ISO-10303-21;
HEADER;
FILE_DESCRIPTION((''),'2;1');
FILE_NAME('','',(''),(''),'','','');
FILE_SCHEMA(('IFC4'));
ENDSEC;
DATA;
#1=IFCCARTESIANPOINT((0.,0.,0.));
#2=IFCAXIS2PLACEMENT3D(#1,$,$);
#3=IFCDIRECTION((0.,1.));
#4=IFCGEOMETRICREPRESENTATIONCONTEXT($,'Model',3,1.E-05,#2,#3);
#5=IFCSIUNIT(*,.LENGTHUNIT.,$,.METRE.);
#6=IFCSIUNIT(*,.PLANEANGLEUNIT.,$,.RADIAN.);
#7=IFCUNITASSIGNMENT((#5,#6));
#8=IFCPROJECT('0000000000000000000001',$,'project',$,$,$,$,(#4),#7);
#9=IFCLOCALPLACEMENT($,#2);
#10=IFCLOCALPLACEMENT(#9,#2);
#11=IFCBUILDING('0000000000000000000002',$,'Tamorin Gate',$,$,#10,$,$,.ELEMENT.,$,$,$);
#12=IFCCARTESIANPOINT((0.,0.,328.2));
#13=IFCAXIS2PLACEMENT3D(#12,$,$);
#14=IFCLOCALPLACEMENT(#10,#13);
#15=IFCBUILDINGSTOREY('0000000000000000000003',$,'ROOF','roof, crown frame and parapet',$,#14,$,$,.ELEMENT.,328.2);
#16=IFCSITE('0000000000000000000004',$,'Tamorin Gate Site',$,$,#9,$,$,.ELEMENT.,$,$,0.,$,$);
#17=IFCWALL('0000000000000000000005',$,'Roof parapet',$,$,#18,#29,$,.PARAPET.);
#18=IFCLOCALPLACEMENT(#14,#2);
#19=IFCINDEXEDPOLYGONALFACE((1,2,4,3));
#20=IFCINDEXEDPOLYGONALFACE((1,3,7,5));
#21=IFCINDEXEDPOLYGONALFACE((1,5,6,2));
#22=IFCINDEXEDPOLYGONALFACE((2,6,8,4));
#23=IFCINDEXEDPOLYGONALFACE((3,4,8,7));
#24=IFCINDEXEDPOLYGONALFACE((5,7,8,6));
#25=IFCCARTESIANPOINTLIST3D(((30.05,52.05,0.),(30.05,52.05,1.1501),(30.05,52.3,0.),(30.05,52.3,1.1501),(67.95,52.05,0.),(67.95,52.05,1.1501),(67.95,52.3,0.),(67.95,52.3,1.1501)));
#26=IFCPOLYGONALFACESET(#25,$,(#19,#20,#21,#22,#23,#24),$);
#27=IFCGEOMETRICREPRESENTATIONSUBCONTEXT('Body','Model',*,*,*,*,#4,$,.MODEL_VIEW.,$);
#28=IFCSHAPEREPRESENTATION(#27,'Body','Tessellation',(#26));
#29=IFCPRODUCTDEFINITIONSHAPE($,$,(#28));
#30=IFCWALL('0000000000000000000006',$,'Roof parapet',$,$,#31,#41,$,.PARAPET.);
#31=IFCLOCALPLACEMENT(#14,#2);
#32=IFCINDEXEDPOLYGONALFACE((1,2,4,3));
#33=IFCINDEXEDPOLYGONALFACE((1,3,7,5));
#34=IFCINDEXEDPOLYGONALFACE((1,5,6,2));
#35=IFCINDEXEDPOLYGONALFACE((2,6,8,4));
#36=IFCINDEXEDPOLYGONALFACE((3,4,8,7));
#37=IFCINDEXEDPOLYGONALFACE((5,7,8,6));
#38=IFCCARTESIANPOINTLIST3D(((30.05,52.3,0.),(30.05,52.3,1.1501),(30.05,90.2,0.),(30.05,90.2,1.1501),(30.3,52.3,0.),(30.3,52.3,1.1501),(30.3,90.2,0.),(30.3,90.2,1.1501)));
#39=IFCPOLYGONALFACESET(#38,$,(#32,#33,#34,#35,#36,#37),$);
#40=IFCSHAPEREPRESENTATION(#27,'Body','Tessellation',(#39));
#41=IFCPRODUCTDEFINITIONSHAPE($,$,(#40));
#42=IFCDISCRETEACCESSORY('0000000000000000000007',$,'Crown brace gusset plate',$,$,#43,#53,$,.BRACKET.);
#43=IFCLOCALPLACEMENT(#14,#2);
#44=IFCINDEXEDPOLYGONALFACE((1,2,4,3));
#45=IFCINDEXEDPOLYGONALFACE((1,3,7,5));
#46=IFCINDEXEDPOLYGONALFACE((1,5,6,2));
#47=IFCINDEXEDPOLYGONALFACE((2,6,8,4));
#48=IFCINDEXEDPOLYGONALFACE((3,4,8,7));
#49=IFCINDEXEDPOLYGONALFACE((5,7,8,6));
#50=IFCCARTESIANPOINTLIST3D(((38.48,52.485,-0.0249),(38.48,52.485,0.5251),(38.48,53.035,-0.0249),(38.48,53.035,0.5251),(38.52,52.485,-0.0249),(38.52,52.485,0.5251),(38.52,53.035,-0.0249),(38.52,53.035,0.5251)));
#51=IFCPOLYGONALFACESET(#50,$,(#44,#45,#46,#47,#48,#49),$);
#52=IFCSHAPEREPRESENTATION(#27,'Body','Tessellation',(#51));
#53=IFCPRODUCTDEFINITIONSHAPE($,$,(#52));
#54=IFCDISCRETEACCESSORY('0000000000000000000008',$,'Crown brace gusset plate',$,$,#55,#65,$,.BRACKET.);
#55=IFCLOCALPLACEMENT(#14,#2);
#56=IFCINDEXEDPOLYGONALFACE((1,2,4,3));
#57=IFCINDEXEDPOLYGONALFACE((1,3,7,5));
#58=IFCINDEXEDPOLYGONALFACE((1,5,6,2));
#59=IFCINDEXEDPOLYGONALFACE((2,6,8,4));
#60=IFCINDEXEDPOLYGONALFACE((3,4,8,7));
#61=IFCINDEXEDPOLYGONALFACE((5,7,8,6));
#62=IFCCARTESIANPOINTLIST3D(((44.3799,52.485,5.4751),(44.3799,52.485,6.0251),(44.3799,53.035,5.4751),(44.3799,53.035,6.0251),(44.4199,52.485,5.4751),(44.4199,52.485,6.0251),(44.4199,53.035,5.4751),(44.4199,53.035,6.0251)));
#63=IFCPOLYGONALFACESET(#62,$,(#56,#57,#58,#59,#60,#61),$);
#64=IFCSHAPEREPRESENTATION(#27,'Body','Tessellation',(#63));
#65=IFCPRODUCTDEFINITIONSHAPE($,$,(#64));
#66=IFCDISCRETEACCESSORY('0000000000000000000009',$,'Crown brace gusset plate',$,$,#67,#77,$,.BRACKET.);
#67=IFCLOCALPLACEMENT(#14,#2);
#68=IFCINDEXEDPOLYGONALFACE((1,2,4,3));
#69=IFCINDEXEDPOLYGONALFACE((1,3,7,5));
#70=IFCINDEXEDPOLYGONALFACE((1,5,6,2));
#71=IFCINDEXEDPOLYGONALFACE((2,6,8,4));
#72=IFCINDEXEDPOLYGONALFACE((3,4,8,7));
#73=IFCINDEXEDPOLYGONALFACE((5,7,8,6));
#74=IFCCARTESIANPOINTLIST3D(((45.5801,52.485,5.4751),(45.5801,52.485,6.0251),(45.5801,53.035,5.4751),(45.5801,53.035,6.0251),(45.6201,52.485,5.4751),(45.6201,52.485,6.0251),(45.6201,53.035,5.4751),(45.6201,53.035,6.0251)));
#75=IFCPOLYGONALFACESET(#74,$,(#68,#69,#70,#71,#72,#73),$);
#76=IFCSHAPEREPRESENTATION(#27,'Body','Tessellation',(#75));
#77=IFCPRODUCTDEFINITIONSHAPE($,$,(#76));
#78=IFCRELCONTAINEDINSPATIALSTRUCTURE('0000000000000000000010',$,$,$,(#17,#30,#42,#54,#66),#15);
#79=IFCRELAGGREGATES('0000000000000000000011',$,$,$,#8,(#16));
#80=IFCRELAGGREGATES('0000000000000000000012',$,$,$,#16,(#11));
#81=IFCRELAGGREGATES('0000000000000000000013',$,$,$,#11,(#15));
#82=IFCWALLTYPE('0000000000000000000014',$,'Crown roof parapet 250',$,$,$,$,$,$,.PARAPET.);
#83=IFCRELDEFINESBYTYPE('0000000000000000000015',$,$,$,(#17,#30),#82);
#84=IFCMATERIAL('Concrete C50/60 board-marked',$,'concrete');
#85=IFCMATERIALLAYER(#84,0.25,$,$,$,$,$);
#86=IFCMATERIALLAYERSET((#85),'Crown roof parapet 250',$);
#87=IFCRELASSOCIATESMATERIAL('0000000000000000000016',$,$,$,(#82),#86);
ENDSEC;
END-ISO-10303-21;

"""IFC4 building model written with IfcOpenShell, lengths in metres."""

from ifc_helpers import new_model, si_unit, direction, frame, frame_2d, origin, origin_2d, place, context, subcontext, project, spatial, rectangle, extrude, material, layer, layer_set, type_object, element, save


model = new_model("IFC4")

# Units and contexts
model_context = context("Model", 3, precision=1e-05, world=origin(), true_north=direction((0.0, 1.0)))
body_context = subcontext(model_context, "Body", "Model", "MODEL_VIEW")
ifc_project = project(units=[si_unit("LENGTHUNIT", "METRE"), si_unit("PLANEANGLEUNIT", "RADIAN")], contexts=[model_context])

# Site, building, storey
site_placement = place(None, origin())
site = spatial("IfcSite", under=ifc_project, at=site_placement, Name="Tamorin Gate Site", CompositionType="ELEMENT", RefElevation=0.0)
building_placement = place(site_placement, origin())
building = spatial("IfcBuilding", under=site, at=building_placement, Name="Tamorin Gate", CompositionType="ELEMENT")
storey_placement = place(building_placement, frame((0.0, 0.0, 328.2)))
storey = spatial("IfcBuildingStorey", under=building, at=storey_placement, Name="ROOF", Description="roof, crown frame and parapet", CompositionType="ELEMENT", Elevation=328.2)

# Walls
ifc_material_1 = material(Name="Concrete C50/60 board-marked", Category="concrete")
ifc_layer_1 = layer(ifc_material_1, 0.25)
ifc_layer_set_1 = layer_set([ifc_layer_1], Name="Crown roof parapet 250")
wall_type = type_object("IfcWallType", Name="Crown roof parapet 250", PredefinedType="PARAPET", material=ifc_layer_set_1)
for number, where, z_axis, x_axis, name in (
    (1, (30.05, 52.175, 0.0), (0.0, 0.0, 1.0), (1.0, 0.0, 0.0), "Roof parapet"),
    (2, (30.175, 52.3, 0.0), (0.0, 0.0, 1.0), (0.0, 1.0, 0.0), "Roof parapet"),
):
    element("IfcWall", number, at=place(storey_placement, frame(where, z_axis=z_axis, x_axis=x_axis)), inside=storey, type_object=wall_type, Name=name, PredefinedType="PARAPET", context=body_context, shape_type="SweptSolid", body=[
        extrude(rectangle(XDim=37.8999, YDim=0.25, at=frame_2d((18.95, 0.0))), origin(), (0.0, 0.0, 1.0), 1.1501),
    ])

# Discrete accessories
for number, where, z_axis, x_axis, name in (
    (3, (38.5, 52.76, -0.0249), (0.0, 0.0, 1.0), (1.0, 0.0, 0.0), "Crown brace gusset plate"),
    (4, (44.3999, 52.76, 5.4751), (0.0, 0.0, 1.0), (1.0, 0.0, 0.0), "Crown brace gusset plate"),
    (5, (45.6001, 52.76, 5.4751), (0.0, 0.0, 1.0), (1.0, 0.0, 0.0), "Crown brace gusset plate"),
):
    element("IfcDiscreteAccessory", number, at=place(storey_placement, frame(where, z_axis=z_axis, x_axis=x_axis)), inside=storey, Name=name, PredefinedType="BRACKET", context=body_context, shape_type="SweptSolid", body=[
        extrude(rectangle(XDim=0.04, YDim=0.55, at=origin_2d()), origin(), (0.0, 0.0, 1.0), 0.55),
    ])

save(model, "model.ifc")
